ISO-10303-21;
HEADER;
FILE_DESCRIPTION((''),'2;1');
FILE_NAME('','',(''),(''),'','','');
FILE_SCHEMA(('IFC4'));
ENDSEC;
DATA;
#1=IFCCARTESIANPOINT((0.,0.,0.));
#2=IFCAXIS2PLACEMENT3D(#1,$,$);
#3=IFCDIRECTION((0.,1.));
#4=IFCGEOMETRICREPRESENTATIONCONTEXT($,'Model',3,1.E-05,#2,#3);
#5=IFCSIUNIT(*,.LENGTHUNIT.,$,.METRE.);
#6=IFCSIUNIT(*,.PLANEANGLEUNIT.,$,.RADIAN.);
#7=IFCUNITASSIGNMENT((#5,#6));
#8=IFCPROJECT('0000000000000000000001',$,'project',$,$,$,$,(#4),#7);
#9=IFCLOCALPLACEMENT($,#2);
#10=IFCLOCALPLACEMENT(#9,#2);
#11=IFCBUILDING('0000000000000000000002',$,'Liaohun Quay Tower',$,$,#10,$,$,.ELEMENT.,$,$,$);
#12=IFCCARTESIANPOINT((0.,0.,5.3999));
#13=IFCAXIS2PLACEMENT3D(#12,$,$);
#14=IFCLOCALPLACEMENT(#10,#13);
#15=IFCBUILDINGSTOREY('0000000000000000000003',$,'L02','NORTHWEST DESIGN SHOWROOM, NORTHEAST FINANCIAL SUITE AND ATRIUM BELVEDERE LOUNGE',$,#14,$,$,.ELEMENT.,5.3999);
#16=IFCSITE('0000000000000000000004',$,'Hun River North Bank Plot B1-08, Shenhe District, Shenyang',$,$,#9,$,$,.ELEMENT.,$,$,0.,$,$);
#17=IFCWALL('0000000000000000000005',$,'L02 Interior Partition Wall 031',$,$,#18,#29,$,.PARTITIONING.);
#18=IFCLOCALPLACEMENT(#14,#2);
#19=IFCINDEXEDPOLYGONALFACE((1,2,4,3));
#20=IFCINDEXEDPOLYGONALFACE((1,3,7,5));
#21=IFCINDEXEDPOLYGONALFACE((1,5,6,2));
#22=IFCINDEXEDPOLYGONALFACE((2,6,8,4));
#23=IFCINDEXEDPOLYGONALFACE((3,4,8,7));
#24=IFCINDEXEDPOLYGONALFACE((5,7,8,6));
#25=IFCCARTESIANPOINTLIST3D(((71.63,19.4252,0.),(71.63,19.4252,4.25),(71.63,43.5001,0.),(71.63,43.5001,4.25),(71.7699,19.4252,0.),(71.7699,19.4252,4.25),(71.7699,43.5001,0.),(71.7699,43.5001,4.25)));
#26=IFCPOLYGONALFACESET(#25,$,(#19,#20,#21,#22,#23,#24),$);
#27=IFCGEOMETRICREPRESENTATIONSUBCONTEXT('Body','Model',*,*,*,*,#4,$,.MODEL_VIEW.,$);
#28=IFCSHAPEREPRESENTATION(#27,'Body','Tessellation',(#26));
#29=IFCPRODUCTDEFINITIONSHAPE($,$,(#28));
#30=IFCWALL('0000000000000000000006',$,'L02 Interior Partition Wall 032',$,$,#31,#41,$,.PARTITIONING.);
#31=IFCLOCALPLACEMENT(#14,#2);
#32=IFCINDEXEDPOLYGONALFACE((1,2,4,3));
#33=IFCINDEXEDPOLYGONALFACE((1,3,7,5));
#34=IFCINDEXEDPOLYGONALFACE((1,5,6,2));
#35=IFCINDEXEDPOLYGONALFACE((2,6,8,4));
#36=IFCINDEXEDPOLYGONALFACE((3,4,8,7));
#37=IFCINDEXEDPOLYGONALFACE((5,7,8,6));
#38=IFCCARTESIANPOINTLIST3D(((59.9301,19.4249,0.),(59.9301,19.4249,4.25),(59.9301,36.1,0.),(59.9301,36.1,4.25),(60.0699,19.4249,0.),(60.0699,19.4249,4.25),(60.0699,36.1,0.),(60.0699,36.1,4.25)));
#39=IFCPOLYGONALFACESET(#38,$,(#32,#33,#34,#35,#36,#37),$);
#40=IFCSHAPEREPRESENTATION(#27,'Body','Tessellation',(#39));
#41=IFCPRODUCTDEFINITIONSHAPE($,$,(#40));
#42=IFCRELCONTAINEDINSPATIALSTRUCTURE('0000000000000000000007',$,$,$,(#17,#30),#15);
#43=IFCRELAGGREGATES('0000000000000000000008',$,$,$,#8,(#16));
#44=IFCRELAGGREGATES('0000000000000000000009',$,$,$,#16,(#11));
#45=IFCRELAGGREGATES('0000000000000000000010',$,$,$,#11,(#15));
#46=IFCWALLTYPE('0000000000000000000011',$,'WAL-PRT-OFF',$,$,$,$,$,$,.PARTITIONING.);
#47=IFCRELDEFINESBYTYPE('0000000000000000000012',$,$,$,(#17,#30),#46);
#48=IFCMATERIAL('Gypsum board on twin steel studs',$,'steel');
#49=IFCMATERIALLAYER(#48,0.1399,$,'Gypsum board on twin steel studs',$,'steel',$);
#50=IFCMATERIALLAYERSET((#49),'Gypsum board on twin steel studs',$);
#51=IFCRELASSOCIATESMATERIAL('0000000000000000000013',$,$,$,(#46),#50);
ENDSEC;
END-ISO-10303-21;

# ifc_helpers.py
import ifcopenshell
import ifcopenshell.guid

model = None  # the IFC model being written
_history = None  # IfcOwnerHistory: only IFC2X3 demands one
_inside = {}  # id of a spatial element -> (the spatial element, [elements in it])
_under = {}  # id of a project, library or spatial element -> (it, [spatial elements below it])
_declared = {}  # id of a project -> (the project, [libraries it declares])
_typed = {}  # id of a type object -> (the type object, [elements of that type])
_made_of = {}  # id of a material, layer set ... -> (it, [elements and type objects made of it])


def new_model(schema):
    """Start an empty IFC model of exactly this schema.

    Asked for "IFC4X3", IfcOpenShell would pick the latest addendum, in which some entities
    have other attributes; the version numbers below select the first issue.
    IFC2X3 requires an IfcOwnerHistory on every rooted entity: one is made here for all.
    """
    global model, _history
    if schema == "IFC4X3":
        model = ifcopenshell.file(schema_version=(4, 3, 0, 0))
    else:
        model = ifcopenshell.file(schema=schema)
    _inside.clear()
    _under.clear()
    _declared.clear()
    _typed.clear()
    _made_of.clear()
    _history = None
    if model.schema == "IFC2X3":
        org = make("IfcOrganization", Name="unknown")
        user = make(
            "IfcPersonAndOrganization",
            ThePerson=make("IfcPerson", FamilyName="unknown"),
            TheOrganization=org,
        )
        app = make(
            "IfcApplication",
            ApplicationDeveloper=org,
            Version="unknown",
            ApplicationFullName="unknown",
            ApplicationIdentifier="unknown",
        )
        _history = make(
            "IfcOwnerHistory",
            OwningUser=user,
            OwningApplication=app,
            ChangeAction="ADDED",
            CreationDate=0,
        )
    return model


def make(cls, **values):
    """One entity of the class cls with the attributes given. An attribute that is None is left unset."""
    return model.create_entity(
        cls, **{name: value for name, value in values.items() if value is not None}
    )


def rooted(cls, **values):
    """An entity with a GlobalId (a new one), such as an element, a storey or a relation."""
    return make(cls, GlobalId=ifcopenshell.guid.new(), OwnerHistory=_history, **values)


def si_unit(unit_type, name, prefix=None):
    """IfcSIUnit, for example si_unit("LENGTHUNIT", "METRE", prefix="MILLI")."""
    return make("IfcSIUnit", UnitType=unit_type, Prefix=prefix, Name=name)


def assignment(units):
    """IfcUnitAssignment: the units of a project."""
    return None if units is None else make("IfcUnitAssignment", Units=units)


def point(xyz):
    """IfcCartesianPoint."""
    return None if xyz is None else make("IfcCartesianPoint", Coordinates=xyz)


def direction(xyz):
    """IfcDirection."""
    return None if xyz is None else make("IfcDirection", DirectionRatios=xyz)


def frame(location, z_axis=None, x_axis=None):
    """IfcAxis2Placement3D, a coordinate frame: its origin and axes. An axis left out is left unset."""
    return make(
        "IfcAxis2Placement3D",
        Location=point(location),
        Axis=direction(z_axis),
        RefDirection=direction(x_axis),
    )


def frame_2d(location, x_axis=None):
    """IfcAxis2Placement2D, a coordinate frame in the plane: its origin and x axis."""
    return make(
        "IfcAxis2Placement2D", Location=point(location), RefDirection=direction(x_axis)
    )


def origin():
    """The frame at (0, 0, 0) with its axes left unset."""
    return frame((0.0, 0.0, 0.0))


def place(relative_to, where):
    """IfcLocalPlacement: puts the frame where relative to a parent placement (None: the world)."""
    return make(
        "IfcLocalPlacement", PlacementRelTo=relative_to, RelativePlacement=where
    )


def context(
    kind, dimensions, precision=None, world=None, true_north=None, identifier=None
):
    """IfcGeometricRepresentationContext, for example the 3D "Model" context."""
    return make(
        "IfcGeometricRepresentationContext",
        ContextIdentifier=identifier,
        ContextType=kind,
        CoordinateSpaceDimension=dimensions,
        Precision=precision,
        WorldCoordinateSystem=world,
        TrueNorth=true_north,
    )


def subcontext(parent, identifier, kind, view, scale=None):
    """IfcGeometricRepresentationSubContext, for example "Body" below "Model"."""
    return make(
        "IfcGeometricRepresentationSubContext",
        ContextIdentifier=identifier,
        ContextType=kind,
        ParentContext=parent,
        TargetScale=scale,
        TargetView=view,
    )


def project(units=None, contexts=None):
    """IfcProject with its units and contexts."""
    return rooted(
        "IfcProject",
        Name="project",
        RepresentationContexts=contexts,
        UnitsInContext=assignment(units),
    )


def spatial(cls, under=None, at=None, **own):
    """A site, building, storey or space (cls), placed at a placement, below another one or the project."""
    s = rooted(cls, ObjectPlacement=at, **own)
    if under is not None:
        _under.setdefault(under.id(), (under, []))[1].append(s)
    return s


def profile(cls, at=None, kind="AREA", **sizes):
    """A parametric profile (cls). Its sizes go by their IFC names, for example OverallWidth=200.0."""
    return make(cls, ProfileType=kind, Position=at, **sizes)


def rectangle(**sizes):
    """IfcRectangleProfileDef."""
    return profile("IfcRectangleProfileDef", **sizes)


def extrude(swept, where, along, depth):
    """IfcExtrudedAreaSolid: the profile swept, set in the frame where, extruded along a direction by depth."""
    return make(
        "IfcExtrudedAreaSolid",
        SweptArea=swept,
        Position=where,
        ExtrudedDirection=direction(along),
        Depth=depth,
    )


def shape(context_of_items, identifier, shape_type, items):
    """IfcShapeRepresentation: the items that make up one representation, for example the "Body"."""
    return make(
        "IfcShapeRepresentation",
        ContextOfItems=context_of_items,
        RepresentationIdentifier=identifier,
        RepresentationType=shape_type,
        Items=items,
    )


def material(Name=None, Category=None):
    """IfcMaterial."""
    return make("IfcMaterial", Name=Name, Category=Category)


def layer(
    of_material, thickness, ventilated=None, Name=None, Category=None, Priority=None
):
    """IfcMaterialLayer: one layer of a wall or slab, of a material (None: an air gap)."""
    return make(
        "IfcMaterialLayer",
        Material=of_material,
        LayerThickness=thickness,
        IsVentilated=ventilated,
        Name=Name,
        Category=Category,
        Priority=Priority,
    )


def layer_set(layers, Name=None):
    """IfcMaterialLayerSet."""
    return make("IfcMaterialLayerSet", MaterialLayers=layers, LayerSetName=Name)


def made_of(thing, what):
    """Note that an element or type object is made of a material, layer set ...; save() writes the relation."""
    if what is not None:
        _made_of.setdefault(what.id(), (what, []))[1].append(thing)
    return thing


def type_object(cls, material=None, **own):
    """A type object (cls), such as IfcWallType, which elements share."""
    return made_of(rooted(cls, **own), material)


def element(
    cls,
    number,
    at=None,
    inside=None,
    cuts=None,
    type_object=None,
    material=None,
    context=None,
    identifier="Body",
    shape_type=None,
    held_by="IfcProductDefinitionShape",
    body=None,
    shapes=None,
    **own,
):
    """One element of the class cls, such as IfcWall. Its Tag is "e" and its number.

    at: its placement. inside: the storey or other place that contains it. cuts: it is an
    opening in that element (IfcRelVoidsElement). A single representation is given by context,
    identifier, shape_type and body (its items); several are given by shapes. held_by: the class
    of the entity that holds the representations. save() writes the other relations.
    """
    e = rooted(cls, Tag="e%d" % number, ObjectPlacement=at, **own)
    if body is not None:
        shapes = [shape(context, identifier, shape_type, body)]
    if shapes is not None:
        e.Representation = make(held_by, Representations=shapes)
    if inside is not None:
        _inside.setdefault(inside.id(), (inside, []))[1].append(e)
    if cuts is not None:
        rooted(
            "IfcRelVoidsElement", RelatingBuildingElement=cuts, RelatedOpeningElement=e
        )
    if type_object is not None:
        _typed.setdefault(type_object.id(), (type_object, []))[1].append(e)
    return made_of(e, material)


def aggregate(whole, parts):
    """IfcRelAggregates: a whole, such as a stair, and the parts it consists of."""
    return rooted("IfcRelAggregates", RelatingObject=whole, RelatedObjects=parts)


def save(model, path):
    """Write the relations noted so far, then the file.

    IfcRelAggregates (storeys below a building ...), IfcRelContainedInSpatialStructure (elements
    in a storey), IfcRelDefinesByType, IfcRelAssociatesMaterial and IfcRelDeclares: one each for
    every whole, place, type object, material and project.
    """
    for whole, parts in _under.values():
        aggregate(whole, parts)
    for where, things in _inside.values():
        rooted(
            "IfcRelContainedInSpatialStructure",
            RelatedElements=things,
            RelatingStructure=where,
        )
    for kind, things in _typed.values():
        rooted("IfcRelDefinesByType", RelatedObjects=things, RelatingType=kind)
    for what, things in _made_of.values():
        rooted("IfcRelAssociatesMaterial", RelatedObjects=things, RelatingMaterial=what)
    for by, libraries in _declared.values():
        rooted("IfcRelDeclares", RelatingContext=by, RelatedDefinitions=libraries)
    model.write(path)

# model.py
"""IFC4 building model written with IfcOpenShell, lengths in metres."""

from ifc_helpers import new_model, si_unit, direction, frame, frame_2d, origin, place, context, subcontext, project, spatial, rectangle, extrude, material, layer, layer_set, type_object, element, save


model = new_model("IFC4")

# Units and contexts
model_context = context("Model", 3, precision=1e-05, world=origin(), true_north=direction((0.0, 1.0)))
body_context = subcontext(model_context, "Body", "Model", "MODEL_VIEW")
ifc_project = project(units=[si_unit("LENGTHUNIT", "METRE"), si_unit("PLANEANGLEUNIT", "RADIAN")], contexts=[model_context])

# Site, building, storey
site_placement = place(None, origin())
site = spatial("IfcSite", under=ifc_project, at=site_placement, Name="Hun River North Bank Plot B1-08, Shenhe District, Shenyang", CompositionType="ELEMENT", RefElevation=0.0)
building_placement = place(site_placement, origin())
building = spatial("IfcBuilding", under=site, at=building_placement, Name="Liaohun Quay Tower", CompositionType="ELEMENT")
storey_placement = place(building_placement, frame((0.0, 0.0, 5.3999)))
storey = spatial("IfcBuildingStorey", under=building, at=storey_placement, Name="L02", Description="NORTHWEST DESIGN SHOWROOM, NORTHEAST FINANCIAL SUITE AND ATRIUM BELVEDERE LOUNGE", CompositionType="ELEMENT", Elevation=5.3999)

# Walls
ifc_material_1 = material(Name="Gypsum board on twin steel studs", Category="steel")
ifc_layer_1 = layer(ifc_material_1, 0.1399, Name="Gypsum board on twin steel studs", Category="steel")
ifc_layer_set_1 = layer_set([ifc_layer_1], Name="Gypsum board on twin steel studs")
wall_type_1 = type_object("IfcWallType", Name="WAL-PRT-OFF", PredefinedType="PARTITIONING", material=ifc_layer_set_1)
wall_1_placement = place(storey_placement, frame((71.7, 19.425, 0.0), z_axis=(0.0, 0.0, 1.0), x_axis=(0.0, 1.0, 0.0)))
element("IfcWall", 1, at=wall_1_placement, inside=storey, type_object=wall_type_1, Name="L02 Interior Partition Wall 031", PredefinedType="PARTITIONING", context=body_context, shape_type="SweptSolid", body=[
    extrude(rectangle(XDim=24.075, YDim=0.1399, at=frame_2d((12.0376, 0.0))), origin(), (0.0, 0.0, 1.0), 4.25),
])
wall_2_placement = place(storey_placement, frame((60.0, 19.425, 0.0), z_axis=(0.0, 0.0, 1.0), x_axis=(0.0, 1.0, 0.0)))
element("IfcWall", 2, at=wall_2_placement, inside=storey, type_object=wall_type_1, Name="L02 Interior Partition Wall 032", PredefinedType="PARTITIONING", context=body_context, shape_type="SweptSolid", body=[
    extrude(rectangle(XDim=16.675, YDim=0.1399, at=frame_2d((8.3374, 0.0))), origin(), (0.0, 0.0, 1.0), 4.25),
])

save(model, "model.ifc")
